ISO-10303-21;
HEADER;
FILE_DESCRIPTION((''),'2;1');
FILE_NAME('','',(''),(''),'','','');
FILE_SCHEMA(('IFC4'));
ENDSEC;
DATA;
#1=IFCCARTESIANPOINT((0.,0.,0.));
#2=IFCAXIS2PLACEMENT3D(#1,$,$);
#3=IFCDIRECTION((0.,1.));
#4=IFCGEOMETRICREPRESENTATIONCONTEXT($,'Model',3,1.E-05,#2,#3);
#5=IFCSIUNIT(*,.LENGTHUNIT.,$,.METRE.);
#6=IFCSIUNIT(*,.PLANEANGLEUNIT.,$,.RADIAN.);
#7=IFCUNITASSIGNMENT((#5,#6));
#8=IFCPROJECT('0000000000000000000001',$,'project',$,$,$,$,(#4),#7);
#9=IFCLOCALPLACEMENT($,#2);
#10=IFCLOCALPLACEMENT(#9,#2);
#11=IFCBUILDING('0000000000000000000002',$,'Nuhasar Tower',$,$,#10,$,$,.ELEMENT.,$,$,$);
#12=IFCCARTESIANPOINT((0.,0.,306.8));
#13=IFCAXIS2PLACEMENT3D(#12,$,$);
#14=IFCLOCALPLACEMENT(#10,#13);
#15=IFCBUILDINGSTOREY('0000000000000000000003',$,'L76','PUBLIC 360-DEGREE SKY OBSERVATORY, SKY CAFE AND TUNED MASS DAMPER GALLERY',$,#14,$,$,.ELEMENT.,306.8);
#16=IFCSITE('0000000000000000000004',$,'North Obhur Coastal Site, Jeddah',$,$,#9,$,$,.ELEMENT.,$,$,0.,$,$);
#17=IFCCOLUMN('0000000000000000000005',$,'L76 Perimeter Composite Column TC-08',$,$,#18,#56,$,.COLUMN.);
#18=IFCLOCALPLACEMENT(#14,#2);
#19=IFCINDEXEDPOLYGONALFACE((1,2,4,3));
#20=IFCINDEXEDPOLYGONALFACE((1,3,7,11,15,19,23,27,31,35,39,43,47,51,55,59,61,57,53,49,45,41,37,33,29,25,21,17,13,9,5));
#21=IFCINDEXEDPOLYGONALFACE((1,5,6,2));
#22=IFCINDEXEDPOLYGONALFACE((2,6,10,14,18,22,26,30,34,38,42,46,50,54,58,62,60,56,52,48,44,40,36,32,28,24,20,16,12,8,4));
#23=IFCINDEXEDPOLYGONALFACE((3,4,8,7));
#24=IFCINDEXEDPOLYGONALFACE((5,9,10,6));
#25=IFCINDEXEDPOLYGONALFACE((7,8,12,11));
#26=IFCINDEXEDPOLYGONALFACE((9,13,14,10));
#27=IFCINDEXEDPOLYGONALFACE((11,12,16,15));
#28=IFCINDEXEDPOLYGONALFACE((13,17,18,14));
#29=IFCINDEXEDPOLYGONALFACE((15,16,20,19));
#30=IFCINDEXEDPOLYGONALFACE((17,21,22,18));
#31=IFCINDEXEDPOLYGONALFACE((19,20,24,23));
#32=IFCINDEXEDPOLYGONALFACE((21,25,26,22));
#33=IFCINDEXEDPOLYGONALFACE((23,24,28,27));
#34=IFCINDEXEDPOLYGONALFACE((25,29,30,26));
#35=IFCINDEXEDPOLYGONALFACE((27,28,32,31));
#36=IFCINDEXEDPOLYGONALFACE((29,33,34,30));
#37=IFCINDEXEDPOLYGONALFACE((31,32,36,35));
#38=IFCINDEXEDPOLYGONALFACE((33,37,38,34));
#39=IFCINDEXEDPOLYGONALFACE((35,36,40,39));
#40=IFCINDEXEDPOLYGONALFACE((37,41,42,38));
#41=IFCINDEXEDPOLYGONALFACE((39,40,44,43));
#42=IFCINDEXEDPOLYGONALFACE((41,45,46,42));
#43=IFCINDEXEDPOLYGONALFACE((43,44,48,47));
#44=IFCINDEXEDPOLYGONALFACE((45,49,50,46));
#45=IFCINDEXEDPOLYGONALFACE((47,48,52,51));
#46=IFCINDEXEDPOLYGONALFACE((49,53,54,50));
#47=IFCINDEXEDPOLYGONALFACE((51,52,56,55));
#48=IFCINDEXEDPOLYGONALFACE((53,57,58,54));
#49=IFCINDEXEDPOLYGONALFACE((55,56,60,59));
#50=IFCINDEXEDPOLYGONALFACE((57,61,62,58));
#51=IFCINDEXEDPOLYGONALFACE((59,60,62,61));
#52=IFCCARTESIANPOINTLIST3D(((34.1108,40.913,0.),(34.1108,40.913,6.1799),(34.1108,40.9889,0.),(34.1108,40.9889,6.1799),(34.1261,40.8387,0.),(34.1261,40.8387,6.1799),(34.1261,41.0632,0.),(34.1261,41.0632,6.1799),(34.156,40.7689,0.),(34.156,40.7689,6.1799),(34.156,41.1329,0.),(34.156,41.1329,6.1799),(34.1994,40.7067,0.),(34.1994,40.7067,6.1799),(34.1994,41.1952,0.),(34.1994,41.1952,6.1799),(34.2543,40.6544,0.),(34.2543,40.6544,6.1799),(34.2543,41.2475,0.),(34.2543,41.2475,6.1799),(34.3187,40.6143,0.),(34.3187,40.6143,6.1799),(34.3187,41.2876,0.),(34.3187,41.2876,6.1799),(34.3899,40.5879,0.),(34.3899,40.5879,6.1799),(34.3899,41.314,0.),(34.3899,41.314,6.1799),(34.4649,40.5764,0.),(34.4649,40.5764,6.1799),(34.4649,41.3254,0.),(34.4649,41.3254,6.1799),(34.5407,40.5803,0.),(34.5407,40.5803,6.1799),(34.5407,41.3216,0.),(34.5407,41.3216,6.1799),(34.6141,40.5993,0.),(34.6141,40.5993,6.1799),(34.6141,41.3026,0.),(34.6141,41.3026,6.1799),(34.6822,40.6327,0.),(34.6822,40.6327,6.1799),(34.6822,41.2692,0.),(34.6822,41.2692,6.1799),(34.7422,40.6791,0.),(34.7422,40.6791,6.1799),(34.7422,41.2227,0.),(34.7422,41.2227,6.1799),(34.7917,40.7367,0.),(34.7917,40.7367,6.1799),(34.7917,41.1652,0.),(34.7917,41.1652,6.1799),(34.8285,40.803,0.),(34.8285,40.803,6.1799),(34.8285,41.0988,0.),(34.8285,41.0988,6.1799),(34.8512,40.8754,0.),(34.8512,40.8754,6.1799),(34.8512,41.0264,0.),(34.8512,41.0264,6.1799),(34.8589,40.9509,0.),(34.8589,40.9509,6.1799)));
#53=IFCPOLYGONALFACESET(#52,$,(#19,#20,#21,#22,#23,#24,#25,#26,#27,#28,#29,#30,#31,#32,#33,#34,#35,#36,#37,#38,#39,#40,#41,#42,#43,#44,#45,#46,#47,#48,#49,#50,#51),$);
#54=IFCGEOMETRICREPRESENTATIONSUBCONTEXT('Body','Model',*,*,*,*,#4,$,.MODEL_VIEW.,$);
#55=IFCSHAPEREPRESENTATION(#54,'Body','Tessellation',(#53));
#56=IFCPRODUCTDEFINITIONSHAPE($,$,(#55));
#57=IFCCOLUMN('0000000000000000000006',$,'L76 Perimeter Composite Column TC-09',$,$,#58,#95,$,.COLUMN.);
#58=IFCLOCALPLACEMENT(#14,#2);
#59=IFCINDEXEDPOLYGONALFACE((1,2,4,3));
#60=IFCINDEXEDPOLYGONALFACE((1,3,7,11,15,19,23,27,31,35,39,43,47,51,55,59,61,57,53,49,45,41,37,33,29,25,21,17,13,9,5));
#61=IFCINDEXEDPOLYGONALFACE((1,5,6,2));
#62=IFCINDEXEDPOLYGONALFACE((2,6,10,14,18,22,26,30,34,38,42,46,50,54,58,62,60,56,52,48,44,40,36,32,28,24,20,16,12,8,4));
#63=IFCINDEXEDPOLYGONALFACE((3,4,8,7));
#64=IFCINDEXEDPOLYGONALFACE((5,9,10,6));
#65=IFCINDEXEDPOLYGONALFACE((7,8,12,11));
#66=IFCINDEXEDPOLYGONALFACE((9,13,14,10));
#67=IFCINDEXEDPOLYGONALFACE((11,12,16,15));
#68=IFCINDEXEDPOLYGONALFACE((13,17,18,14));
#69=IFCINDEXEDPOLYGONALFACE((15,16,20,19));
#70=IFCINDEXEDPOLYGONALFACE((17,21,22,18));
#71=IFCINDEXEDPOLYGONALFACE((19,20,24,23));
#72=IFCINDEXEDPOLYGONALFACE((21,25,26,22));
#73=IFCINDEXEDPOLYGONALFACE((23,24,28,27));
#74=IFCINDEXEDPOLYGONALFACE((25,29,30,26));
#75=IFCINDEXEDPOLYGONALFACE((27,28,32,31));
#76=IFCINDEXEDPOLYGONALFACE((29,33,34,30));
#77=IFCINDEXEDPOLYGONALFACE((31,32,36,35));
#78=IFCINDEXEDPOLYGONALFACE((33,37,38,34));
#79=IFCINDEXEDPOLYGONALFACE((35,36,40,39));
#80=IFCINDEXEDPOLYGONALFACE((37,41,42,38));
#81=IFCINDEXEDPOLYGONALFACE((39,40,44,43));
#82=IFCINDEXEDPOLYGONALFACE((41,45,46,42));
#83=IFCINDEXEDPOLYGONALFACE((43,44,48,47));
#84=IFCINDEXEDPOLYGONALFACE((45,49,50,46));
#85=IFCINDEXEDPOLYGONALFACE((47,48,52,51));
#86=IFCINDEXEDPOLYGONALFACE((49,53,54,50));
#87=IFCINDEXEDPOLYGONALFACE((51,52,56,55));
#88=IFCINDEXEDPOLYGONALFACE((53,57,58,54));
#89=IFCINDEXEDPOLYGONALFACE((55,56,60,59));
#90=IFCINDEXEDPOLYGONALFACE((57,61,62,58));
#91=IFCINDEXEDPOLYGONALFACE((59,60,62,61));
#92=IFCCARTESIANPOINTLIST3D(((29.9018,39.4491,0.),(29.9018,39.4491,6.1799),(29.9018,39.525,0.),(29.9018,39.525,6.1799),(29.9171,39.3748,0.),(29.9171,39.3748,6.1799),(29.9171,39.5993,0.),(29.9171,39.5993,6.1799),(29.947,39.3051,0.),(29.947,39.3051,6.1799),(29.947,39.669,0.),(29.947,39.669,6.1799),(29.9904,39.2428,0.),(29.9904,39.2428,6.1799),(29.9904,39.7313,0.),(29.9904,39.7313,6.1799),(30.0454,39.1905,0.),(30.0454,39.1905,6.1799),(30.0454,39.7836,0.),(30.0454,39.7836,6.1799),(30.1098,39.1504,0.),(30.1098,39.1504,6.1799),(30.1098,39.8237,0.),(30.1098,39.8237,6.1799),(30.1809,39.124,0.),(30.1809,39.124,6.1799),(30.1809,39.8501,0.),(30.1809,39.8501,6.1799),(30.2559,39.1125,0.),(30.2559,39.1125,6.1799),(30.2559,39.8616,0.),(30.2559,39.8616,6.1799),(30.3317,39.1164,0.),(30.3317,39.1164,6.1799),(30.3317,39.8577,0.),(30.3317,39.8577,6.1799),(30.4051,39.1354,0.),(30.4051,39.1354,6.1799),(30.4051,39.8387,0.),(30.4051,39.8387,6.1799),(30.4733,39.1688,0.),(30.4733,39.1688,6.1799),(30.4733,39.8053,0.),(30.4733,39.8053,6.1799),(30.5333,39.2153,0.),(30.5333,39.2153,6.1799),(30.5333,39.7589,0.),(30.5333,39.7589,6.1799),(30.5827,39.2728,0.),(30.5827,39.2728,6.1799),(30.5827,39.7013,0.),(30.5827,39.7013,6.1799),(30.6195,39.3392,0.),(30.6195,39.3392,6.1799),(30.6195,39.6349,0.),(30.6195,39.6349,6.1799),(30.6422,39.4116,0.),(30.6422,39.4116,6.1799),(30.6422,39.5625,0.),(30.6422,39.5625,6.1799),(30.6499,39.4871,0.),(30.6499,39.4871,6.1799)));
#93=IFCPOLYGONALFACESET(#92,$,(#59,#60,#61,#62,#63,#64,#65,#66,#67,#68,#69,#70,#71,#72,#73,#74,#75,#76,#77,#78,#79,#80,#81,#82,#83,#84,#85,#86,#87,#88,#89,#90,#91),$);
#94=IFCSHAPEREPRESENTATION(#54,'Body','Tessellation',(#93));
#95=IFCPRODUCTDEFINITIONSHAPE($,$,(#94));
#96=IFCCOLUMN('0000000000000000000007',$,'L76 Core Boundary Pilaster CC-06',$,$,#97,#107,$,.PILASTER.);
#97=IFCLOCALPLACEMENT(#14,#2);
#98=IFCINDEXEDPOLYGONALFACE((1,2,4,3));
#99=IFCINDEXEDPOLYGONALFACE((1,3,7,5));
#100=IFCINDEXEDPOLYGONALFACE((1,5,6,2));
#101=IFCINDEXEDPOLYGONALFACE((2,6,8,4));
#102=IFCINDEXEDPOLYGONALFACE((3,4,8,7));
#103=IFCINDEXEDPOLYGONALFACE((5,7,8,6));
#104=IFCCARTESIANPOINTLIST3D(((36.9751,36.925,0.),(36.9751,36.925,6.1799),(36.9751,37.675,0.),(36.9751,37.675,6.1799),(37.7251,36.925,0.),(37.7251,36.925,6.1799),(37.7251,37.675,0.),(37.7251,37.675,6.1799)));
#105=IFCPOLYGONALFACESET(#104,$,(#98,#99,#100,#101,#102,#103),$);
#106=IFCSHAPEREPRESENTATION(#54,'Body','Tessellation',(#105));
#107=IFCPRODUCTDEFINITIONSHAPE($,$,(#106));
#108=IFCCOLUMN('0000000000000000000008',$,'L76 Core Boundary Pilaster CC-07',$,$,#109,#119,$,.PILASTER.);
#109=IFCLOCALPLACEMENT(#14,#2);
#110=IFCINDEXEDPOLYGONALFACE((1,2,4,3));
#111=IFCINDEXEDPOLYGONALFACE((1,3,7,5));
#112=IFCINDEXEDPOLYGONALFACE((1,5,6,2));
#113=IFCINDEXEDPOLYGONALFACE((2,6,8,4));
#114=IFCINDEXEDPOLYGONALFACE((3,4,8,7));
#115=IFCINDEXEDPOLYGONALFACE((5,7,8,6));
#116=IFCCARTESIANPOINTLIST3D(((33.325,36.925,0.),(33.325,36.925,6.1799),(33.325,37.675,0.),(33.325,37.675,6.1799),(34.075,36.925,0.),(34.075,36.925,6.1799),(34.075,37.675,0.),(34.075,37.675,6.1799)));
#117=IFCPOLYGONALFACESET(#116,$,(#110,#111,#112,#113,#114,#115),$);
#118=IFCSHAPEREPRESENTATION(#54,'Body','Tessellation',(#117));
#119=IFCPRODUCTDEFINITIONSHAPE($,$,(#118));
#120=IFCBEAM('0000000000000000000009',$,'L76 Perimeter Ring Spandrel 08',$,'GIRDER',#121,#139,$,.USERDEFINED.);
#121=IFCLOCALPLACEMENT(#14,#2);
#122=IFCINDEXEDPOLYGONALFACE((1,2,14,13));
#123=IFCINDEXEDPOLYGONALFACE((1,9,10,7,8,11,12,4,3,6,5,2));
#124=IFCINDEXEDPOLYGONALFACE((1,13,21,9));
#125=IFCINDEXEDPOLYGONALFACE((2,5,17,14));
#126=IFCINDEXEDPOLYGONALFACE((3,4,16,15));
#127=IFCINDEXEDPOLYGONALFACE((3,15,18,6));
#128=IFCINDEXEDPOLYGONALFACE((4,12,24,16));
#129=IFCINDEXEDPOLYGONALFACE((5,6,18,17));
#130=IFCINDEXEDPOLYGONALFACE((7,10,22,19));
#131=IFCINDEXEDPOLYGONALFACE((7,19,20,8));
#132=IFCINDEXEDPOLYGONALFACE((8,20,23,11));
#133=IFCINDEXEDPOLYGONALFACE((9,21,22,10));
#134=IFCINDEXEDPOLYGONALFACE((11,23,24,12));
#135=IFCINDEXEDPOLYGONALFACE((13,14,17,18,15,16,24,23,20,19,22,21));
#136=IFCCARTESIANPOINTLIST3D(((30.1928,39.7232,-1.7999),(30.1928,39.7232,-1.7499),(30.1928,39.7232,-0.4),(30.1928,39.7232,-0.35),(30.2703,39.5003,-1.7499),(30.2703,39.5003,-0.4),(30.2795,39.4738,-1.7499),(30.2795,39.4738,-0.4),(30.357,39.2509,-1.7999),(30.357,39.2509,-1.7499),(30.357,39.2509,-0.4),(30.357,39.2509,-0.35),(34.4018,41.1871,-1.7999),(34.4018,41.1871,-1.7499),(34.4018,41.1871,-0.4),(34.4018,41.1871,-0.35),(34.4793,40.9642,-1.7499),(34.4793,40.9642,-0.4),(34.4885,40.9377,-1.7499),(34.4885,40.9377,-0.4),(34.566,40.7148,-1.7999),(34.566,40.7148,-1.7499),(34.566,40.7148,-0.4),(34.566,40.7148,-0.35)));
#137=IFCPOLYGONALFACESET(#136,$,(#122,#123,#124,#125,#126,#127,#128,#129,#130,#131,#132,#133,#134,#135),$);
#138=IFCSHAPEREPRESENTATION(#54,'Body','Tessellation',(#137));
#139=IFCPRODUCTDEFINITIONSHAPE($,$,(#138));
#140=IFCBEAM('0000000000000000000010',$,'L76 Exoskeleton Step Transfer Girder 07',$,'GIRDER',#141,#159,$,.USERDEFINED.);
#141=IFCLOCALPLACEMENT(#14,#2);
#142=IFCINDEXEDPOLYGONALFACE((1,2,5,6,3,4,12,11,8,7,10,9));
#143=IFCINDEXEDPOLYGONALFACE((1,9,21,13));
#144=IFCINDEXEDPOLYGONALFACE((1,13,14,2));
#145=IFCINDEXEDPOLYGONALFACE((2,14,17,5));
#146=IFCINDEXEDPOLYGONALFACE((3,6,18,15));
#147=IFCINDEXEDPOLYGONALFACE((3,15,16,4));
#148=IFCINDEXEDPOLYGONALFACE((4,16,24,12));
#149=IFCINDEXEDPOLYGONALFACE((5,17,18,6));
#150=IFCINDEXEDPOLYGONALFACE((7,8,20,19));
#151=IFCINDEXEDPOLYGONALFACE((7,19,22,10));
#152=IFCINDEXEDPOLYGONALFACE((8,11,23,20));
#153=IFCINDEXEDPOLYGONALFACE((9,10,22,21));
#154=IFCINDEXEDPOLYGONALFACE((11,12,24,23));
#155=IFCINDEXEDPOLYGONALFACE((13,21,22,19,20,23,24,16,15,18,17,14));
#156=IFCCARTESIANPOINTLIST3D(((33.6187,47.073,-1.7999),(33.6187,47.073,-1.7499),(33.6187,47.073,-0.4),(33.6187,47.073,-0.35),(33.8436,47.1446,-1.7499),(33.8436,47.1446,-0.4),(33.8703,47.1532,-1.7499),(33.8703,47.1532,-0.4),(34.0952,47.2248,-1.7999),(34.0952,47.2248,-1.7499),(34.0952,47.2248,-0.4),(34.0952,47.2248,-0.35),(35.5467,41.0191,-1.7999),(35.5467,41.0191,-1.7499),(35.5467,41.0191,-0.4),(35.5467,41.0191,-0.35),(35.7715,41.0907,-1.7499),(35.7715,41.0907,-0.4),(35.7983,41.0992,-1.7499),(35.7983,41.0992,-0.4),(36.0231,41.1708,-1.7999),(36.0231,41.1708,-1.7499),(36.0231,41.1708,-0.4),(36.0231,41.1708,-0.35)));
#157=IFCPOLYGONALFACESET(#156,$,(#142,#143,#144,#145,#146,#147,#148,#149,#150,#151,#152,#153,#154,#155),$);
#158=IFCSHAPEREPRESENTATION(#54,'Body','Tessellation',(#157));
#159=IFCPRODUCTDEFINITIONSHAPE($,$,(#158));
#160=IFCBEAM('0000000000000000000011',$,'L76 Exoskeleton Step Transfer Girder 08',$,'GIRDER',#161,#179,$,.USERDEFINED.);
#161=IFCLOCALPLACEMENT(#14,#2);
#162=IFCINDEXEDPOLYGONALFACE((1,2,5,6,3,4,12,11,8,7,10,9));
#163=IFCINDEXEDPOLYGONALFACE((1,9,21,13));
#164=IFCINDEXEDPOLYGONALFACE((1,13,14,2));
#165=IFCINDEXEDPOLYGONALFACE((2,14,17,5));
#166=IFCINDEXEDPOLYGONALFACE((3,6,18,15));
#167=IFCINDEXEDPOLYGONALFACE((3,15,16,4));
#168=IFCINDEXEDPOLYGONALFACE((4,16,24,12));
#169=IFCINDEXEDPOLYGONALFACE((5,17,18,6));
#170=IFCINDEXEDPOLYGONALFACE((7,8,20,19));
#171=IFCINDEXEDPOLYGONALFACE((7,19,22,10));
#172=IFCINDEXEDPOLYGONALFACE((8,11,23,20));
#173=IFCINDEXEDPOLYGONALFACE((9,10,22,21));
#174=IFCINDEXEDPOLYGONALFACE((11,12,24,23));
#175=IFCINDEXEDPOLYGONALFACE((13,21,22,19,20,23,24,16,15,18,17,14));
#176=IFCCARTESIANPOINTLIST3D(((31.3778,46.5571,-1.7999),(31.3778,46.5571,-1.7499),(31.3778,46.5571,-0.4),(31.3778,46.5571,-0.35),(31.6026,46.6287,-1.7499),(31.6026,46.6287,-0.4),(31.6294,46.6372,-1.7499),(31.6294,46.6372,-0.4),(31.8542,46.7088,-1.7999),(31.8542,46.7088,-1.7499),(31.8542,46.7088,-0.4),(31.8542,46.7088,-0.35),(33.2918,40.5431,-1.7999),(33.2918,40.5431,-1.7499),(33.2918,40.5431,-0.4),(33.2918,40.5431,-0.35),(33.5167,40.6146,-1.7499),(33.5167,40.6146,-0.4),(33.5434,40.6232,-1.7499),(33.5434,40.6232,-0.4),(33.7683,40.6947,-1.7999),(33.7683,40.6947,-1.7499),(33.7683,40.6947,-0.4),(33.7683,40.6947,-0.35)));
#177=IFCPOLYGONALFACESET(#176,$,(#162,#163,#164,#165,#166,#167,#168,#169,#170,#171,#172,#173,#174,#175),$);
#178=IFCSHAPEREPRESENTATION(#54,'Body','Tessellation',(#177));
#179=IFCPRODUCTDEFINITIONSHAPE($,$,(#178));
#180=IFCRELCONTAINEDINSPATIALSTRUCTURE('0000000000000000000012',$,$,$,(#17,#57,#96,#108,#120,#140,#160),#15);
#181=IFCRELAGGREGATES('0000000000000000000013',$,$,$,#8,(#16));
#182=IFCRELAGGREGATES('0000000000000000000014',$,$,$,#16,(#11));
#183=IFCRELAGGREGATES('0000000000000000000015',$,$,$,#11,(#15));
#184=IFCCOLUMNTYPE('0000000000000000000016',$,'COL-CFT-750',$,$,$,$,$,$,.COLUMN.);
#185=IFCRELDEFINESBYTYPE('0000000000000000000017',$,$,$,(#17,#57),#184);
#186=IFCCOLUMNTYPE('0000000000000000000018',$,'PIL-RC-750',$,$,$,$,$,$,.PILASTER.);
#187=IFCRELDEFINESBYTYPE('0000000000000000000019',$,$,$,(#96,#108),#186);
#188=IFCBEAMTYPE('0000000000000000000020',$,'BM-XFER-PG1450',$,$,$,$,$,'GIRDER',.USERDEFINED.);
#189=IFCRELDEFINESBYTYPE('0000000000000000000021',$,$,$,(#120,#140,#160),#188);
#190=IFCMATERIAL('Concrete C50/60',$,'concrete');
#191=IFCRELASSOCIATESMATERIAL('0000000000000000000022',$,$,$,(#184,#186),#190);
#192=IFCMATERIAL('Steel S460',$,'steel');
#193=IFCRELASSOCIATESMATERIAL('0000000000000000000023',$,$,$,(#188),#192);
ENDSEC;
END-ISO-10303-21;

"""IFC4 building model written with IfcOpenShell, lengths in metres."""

from ifc_helpers import new_model, si_unit, direction, frame, origin, origin_2d, place, context, subcontext, project, spatial, rectangle, circle, i_section, extrude, material, material_profile, profile_set, type_object, element, save


model = new_model("IFC4")

# Units and contexts
model_context = context("Model", 3, precision=1e-05, world=origin(), true_north=direction((0.0, 1.0)))
body_context = subcontext(model_context, "Body", "Model", "MODEL_VIEW")
ifc_project = project(units=[si_unit("LENGTHUNIT", "METRE"), si_unit("PLANEANGLEUNIT", "RADIAN")], contexts=[model_context])

# Site, building, storey
site_placement = place(None, origin())
site = spatial("IfcSite", under=ifc_project, at=site_placement, Name="North Obhur Coastal Site, Jeddah", CompositionType="ELEMENT", RefElevation=0.0)
building_placement = place(site_placement, origin())
building = spatial("IfcBuilding", under=site, at=building_placement, Name="Nuhasar Tower", CompositionType="ELEMENT")
storey_placement = place(building_placement, frame((0.0, 0.0, 306.8)))
storey = spatial("IfcBuildingStorey", under=building, at=storey_placement, Name="L76", Description="PUBLIC 360-DEGREE SKY OBSERVATORY, SKY CAFE AND TUNED MASS DAMPER GALLERY", CompositionType="ELEMENT", Elevation=306.8)

# Columns
ifc_material_1 = material(Name="Concrete C50/60", Category="concrete")
ifc_material_profile_1 = material_profile(ifc_material_1, circle(Radius=0.375, at=origin_2d()), Name="CFT750")
ifc_profile_set_1 = profile_set([ifc_material_profile_1], Name="Concrete C50/60")
column_type_1 = type_object("IfcColumnType", Name="COL-CFT-750", PredefinedType="COLUMN", material=ifc_profile_set_1)
for number, where, z_axis, x_axis, name in (
    (1, (34.4839, 40.9509, 0.0), (0.0, 0.0, 1.0), (1.0, 0.0, 0.0), "L76 Perimeter Composite Column TC-08"),
    (2, (30.2749, 39.4871, 0.0), (0.0, 0.0, 1.0), (1.0, 0.0, 0.0), "L76 Perimeter Composite Column TC-09"),
):
    element("IfcColumn", number, at=place(storey_placement, frame(where, z_axis=z_axis, x_axis=x_axis)), inside=storey, type_object=column_type_1, Name=name, PredefinedType="COLUMN", context=body_context, shape_type="SweptSolid", body=[
        extrude(circle(Radius=0.375, at=origin_2d()), origin(), (0.0, 0.0, 1.0), 6.1799),
    ])
ifc_material_profile_2 = material_profile(ifc_material_1, rectangle(XDim=0.75, YDim=0.75, at=origin_2d()), Name="RC750X750")
ifc_profile_set_2 = profile_set([ifc_material_profile_2], Name="Concrete C50/60")
column_type_2 = type_object("IfcColumnType", Name="PIL-RC-750", PredefinedType="PILASTER", material=ifc_profile_set_2)
for number, where, z_axis, x_axis, name in (
    (3, (37.3501, 37.3, 0.0), (0.0, 0.0, 1.0), (1.0, 0.0, 0.0), "L76 Core Boundary Pilaster CC-06"),
    (4, (33.7, 37.3, 0.0), (0.0, 0.0, 1.0), (1.0, 0.0, 0.0), "L76 Core Boundary Pilaster CC-07"),
):
    element("IfcColumn", number, at=place(storey_placement, frame(where, z_axis=z_axis, x_axis=x_axis)), inside=storey, type_object=column_type_2, Name=name, PredefinedType="PILASTER", context=body_context, shape_type="SweptSolid", body=[
        extrude(rectangle(XDim=0.75, YDim=0.75, at=origin_2d()), origin(), (0.0, 0.0, 1.0), 6.1799),
    ])

# Beams
ifc_material_2 = material(Name="Steel S460", Category="steel")
ifc_material_profile_3 = material_profile(ifc_material_2, i_section(OverallWidth=0.5, OverallDepth=1.45, WebThickness=0.0281, FlangeThickness=0.05, at=origin_2d()), Name="PG1450X500")
ifc_profile_set_3 = profile_set([ifc_material_profile_3], Name="Steel S460")
beam_type_1 = type_object("IfcBeamType", Name="BM-XFER-PG1450", ElementType="GIRDER", PredefinedType="USERDEFINED", material=ifc_profile_set_3)
beam_1_placement = place(storey_placement, frame((34.4839, 40.9509, -1.075), z_axis=(-0.944506, -0.328495, 0.0), x_axis=(0.328495, -0.944506, 0.0)))
element("IfcBeam", 5, at=beam_1_placement, inside=storey, type_object=beam_type_1, Name="L76 Perimeter Ring Spandrel 08", ObjectType="GIRDER", PredefinedType="USERDEFINED", context=body_context, shape_type="SweptSolid", body=[
    extrude(i_section(OverallWidth=0.5, OverallDepth=1.45, WebThickness=0.0281, FlangeThickness=0.05, at=origin_2d()), origin(), (0.0, 0.0, 1.0), 4.4563),
])
beam_2_placement = place(storey_placement, frame((35.7849, 41.095, -1.075), z_axis=(-0.303449, 0.952848, 0.0), x_axis=(-0.952848, -0.303449, 0.0)))
element("IfcBeam", 6, at=beam_2_placement, inside=storey, type_object=beam_type_1, Name="L76 Exoskeleton Step Transfer Girder 07", ObjectType="GIRDER", PredefinedType="USERDEFINED", context=body_context, shape_type="SweptSolid", body=[
    extrude(i_section(OverallWidth=0.5, OverallDepth=1.45, WebThickness=0.0281, FlangeThickness=0.05, at=origin_2d()), origin(), (0.0, 0.0, 1.0), 6.3535),
])
beam_3_placement = place(storey_placement, frame((33.53, 40.6189, -1.075), z_axis=(-0.303271, 0.952904, 0.0), x_axis=(-0.952904, -0.303271, 0.0)))
element("IfcBeam", 7, at=beam_3_placement, inside=storey, type_object=beam_type_1, Name="L76 Exoskeleton Step Transfer Girder 08", ObjectType="GIRDER", PredefinedType="USERDEFINED", context=body_context, shape_type="SweptSolid", body=[
    extrude(i_section(OverallWidth=0.5, OverallDepth=1.45, WebThickness=0.0281, FlangeThickness=0.05, at=origin_2d()), origin(), (0.0, 0.0, 1.0), 6.3113),
])

save(model, "model.ifc")
